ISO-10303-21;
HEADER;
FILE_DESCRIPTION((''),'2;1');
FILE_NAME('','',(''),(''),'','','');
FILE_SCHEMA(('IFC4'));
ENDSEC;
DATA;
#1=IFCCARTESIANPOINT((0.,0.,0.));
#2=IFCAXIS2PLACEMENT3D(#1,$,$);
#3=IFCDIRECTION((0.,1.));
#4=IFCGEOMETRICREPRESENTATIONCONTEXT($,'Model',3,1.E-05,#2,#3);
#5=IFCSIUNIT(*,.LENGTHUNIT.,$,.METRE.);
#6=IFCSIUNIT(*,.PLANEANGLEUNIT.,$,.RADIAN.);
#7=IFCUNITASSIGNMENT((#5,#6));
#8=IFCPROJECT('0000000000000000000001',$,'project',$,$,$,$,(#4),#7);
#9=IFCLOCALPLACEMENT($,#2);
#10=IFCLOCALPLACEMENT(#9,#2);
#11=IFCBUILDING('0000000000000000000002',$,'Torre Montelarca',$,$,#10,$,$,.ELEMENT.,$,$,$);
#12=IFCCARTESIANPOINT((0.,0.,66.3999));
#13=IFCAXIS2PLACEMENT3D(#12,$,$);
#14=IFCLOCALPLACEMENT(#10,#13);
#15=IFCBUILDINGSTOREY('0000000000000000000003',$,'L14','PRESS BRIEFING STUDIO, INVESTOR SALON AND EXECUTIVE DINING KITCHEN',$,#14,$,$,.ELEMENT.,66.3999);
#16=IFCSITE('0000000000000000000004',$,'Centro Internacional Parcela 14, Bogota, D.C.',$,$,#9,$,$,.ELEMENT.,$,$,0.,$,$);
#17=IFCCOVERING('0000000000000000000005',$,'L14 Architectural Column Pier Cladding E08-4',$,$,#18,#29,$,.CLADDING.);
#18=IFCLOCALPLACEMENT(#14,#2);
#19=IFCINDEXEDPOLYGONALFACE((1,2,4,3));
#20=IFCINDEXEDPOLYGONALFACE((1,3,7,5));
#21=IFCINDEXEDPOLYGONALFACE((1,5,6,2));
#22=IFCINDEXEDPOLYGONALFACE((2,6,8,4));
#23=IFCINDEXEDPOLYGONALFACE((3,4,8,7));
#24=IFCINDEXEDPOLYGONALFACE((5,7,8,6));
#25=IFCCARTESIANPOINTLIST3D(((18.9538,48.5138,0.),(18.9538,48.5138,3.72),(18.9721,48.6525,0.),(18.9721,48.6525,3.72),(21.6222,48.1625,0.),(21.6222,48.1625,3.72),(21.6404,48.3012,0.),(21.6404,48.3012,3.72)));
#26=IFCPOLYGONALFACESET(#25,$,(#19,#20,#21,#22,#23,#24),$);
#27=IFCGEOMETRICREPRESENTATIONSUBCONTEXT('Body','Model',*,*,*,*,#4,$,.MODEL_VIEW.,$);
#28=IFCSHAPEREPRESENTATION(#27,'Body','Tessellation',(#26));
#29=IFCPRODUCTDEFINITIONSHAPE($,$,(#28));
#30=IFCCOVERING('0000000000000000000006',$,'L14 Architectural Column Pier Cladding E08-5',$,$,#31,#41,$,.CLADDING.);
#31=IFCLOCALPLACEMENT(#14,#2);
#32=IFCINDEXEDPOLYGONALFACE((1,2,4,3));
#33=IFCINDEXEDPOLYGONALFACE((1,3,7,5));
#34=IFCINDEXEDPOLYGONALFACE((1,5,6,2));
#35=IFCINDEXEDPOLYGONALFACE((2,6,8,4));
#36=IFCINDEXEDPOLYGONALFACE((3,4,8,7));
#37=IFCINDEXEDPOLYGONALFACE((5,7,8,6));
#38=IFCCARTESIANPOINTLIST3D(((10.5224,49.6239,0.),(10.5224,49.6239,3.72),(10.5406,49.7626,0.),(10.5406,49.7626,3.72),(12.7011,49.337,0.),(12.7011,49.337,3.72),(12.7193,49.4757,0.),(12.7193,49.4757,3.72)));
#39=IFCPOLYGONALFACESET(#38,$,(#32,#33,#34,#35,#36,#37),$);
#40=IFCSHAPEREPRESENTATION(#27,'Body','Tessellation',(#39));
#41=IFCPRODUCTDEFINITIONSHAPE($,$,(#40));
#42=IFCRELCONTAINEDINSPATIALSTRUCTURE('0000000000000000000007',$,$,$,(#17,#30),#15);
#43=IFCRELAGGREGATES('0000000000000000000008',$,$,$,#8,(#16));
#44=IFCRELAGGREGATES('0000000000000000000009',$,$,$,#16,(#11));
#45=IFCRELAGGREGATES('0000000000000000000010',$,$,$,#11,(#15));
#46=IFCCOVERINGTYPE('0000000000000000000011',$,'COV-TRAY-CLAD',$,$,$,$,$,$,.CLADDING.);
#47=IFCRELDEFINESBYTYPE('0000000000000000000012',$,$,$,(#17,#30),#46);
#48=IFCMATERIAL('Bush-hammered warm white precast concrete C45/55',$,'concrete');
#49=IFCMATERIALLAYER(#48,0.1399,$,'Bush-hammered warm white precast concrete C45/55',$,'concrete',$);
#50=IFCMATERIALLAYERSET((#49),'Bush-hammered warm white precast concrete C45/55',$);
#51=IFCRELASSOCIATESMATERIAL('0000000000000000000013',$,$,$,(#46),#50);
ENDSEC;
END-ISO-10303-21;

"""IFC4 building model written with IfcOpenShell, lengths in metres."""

from ifc_helpers import new_model, si_unit, direction, frame, origin, origin_2d, place, context, subcontext, project, spatial, rectangle, extrude, source, transform, mapped, material, layer, layer_set, type_object, element, save


model = new_model("IFC4")

# Units and contexts
model_context = context("Model", 3, precision=1e-05, world=origin(), true_north=direction((0.0, 1.0)))
body_context = subcontext(model_context, "Body", "Model", "MODEL_VIEW")
ifc_project = project(units=[si_unit("LENGTHUNIT", "METRE"), si_unit("PLANEANGLEUNIT", "RADIAN")], contexts=[model_context])

# Site, building, storey
site_placement = place(None, origin())
site = spatial("IfcSite", under=ifc_project, at=site_placement, Name="Centro Internacional Parcela 14, Bogota, D.C.", CompositionType="ELEMENT", RefElevation=0.0)
building_placement = place(site_placement, origin())
building = spatial("IfcBuilding", under=site, at=building_placement, Name="Torre Montelarca", CompositionType="ELEMENT")
storey_placement = place(building_placement, frame((0.0, 0.0, 66.3999)))
storey = spatial("IfcBuildingStorey", under=building, at=storey_placement, Name="L14", Description="PRESS BRIEFING STUDIO, INVESTOR SALON AND EXECUTIVE DINING KITCHEN", CompositionType="ELEMENT", Elevation=66.3999)

# Coverings
ifc_material_1 = material(Name="Bush-hammered warm white precast concrete C45/55", Category="concrete")
ifc_layer_1 = layer(ifc_material_1, 0.1399, Name="Bush-hammered warm white precast concrete C45/55", Category="concrete")
ifc_layer_set_1 = layer_set([ifc_layer_1], Name="Bush-hammered warm white precast concrete C45/55")
covering_type = type_object("IfcCoveringType", Name="COV-TRAY-CLAD", PredefinedType="CLADDING", material=ifc_layer_set_1)
shared_shape_1 = source(origin(), body_context, "Body", "SweptSolid", [
    extrude(rectangle(XDim=2.6914, YDim=0.1399, at=origin_2d()), origin(), (0.0, 0.0, 1.0), 3.72),
])
covering_1_placement = place(storey_placement, frame((20.2971, 48.4075, 0.0), z_axis=(0.0, 0.0, 1.0), x_axis=(-0.991445, 0.130526, 0.0)))
element("IfcCovering", 1, at=covering_1_placement, inside=storey, type_object=covering_type, Name="L14 Architectural Column Pier Cladding E08-4", PredefinedType="CLADDING", context=body_context, shape_type="MappedRepresentation", body=[
    mapped(shared_shape_1, transform((0.0, 0.0, 0.0), scale=1.0)),
])
shared_shape_2 = source(origin(), body_context, "Body", "SweptSolid", [
    extrude(rectangle(XDim=2.1975, YDim=0.1399, at=origin_2d()), origin(), (0.0, 0.0, 1.0), 3.72),
])
covering_2_placement = place(storey_placement, frame((11.6208, 49.5498, 0.0), z_axis=(0.0, 0.0, 1.0), x_axis=(-0.991445, 0.130526, 0.0)))
element("IfcCovering", 2, at=covering_2_placement, inside=storey, type_object=covering_type, Name="L14 Architectural Column Pier Cladding E08-5", PredefinedType="CLADDING", context=body_context, shape_type="MappedRepresentation", body=[
    mapped(shared_shape_2, transform((0.0, 0.0, 0.0), scale=1.0)),
])

save(model, "model.ifc")
